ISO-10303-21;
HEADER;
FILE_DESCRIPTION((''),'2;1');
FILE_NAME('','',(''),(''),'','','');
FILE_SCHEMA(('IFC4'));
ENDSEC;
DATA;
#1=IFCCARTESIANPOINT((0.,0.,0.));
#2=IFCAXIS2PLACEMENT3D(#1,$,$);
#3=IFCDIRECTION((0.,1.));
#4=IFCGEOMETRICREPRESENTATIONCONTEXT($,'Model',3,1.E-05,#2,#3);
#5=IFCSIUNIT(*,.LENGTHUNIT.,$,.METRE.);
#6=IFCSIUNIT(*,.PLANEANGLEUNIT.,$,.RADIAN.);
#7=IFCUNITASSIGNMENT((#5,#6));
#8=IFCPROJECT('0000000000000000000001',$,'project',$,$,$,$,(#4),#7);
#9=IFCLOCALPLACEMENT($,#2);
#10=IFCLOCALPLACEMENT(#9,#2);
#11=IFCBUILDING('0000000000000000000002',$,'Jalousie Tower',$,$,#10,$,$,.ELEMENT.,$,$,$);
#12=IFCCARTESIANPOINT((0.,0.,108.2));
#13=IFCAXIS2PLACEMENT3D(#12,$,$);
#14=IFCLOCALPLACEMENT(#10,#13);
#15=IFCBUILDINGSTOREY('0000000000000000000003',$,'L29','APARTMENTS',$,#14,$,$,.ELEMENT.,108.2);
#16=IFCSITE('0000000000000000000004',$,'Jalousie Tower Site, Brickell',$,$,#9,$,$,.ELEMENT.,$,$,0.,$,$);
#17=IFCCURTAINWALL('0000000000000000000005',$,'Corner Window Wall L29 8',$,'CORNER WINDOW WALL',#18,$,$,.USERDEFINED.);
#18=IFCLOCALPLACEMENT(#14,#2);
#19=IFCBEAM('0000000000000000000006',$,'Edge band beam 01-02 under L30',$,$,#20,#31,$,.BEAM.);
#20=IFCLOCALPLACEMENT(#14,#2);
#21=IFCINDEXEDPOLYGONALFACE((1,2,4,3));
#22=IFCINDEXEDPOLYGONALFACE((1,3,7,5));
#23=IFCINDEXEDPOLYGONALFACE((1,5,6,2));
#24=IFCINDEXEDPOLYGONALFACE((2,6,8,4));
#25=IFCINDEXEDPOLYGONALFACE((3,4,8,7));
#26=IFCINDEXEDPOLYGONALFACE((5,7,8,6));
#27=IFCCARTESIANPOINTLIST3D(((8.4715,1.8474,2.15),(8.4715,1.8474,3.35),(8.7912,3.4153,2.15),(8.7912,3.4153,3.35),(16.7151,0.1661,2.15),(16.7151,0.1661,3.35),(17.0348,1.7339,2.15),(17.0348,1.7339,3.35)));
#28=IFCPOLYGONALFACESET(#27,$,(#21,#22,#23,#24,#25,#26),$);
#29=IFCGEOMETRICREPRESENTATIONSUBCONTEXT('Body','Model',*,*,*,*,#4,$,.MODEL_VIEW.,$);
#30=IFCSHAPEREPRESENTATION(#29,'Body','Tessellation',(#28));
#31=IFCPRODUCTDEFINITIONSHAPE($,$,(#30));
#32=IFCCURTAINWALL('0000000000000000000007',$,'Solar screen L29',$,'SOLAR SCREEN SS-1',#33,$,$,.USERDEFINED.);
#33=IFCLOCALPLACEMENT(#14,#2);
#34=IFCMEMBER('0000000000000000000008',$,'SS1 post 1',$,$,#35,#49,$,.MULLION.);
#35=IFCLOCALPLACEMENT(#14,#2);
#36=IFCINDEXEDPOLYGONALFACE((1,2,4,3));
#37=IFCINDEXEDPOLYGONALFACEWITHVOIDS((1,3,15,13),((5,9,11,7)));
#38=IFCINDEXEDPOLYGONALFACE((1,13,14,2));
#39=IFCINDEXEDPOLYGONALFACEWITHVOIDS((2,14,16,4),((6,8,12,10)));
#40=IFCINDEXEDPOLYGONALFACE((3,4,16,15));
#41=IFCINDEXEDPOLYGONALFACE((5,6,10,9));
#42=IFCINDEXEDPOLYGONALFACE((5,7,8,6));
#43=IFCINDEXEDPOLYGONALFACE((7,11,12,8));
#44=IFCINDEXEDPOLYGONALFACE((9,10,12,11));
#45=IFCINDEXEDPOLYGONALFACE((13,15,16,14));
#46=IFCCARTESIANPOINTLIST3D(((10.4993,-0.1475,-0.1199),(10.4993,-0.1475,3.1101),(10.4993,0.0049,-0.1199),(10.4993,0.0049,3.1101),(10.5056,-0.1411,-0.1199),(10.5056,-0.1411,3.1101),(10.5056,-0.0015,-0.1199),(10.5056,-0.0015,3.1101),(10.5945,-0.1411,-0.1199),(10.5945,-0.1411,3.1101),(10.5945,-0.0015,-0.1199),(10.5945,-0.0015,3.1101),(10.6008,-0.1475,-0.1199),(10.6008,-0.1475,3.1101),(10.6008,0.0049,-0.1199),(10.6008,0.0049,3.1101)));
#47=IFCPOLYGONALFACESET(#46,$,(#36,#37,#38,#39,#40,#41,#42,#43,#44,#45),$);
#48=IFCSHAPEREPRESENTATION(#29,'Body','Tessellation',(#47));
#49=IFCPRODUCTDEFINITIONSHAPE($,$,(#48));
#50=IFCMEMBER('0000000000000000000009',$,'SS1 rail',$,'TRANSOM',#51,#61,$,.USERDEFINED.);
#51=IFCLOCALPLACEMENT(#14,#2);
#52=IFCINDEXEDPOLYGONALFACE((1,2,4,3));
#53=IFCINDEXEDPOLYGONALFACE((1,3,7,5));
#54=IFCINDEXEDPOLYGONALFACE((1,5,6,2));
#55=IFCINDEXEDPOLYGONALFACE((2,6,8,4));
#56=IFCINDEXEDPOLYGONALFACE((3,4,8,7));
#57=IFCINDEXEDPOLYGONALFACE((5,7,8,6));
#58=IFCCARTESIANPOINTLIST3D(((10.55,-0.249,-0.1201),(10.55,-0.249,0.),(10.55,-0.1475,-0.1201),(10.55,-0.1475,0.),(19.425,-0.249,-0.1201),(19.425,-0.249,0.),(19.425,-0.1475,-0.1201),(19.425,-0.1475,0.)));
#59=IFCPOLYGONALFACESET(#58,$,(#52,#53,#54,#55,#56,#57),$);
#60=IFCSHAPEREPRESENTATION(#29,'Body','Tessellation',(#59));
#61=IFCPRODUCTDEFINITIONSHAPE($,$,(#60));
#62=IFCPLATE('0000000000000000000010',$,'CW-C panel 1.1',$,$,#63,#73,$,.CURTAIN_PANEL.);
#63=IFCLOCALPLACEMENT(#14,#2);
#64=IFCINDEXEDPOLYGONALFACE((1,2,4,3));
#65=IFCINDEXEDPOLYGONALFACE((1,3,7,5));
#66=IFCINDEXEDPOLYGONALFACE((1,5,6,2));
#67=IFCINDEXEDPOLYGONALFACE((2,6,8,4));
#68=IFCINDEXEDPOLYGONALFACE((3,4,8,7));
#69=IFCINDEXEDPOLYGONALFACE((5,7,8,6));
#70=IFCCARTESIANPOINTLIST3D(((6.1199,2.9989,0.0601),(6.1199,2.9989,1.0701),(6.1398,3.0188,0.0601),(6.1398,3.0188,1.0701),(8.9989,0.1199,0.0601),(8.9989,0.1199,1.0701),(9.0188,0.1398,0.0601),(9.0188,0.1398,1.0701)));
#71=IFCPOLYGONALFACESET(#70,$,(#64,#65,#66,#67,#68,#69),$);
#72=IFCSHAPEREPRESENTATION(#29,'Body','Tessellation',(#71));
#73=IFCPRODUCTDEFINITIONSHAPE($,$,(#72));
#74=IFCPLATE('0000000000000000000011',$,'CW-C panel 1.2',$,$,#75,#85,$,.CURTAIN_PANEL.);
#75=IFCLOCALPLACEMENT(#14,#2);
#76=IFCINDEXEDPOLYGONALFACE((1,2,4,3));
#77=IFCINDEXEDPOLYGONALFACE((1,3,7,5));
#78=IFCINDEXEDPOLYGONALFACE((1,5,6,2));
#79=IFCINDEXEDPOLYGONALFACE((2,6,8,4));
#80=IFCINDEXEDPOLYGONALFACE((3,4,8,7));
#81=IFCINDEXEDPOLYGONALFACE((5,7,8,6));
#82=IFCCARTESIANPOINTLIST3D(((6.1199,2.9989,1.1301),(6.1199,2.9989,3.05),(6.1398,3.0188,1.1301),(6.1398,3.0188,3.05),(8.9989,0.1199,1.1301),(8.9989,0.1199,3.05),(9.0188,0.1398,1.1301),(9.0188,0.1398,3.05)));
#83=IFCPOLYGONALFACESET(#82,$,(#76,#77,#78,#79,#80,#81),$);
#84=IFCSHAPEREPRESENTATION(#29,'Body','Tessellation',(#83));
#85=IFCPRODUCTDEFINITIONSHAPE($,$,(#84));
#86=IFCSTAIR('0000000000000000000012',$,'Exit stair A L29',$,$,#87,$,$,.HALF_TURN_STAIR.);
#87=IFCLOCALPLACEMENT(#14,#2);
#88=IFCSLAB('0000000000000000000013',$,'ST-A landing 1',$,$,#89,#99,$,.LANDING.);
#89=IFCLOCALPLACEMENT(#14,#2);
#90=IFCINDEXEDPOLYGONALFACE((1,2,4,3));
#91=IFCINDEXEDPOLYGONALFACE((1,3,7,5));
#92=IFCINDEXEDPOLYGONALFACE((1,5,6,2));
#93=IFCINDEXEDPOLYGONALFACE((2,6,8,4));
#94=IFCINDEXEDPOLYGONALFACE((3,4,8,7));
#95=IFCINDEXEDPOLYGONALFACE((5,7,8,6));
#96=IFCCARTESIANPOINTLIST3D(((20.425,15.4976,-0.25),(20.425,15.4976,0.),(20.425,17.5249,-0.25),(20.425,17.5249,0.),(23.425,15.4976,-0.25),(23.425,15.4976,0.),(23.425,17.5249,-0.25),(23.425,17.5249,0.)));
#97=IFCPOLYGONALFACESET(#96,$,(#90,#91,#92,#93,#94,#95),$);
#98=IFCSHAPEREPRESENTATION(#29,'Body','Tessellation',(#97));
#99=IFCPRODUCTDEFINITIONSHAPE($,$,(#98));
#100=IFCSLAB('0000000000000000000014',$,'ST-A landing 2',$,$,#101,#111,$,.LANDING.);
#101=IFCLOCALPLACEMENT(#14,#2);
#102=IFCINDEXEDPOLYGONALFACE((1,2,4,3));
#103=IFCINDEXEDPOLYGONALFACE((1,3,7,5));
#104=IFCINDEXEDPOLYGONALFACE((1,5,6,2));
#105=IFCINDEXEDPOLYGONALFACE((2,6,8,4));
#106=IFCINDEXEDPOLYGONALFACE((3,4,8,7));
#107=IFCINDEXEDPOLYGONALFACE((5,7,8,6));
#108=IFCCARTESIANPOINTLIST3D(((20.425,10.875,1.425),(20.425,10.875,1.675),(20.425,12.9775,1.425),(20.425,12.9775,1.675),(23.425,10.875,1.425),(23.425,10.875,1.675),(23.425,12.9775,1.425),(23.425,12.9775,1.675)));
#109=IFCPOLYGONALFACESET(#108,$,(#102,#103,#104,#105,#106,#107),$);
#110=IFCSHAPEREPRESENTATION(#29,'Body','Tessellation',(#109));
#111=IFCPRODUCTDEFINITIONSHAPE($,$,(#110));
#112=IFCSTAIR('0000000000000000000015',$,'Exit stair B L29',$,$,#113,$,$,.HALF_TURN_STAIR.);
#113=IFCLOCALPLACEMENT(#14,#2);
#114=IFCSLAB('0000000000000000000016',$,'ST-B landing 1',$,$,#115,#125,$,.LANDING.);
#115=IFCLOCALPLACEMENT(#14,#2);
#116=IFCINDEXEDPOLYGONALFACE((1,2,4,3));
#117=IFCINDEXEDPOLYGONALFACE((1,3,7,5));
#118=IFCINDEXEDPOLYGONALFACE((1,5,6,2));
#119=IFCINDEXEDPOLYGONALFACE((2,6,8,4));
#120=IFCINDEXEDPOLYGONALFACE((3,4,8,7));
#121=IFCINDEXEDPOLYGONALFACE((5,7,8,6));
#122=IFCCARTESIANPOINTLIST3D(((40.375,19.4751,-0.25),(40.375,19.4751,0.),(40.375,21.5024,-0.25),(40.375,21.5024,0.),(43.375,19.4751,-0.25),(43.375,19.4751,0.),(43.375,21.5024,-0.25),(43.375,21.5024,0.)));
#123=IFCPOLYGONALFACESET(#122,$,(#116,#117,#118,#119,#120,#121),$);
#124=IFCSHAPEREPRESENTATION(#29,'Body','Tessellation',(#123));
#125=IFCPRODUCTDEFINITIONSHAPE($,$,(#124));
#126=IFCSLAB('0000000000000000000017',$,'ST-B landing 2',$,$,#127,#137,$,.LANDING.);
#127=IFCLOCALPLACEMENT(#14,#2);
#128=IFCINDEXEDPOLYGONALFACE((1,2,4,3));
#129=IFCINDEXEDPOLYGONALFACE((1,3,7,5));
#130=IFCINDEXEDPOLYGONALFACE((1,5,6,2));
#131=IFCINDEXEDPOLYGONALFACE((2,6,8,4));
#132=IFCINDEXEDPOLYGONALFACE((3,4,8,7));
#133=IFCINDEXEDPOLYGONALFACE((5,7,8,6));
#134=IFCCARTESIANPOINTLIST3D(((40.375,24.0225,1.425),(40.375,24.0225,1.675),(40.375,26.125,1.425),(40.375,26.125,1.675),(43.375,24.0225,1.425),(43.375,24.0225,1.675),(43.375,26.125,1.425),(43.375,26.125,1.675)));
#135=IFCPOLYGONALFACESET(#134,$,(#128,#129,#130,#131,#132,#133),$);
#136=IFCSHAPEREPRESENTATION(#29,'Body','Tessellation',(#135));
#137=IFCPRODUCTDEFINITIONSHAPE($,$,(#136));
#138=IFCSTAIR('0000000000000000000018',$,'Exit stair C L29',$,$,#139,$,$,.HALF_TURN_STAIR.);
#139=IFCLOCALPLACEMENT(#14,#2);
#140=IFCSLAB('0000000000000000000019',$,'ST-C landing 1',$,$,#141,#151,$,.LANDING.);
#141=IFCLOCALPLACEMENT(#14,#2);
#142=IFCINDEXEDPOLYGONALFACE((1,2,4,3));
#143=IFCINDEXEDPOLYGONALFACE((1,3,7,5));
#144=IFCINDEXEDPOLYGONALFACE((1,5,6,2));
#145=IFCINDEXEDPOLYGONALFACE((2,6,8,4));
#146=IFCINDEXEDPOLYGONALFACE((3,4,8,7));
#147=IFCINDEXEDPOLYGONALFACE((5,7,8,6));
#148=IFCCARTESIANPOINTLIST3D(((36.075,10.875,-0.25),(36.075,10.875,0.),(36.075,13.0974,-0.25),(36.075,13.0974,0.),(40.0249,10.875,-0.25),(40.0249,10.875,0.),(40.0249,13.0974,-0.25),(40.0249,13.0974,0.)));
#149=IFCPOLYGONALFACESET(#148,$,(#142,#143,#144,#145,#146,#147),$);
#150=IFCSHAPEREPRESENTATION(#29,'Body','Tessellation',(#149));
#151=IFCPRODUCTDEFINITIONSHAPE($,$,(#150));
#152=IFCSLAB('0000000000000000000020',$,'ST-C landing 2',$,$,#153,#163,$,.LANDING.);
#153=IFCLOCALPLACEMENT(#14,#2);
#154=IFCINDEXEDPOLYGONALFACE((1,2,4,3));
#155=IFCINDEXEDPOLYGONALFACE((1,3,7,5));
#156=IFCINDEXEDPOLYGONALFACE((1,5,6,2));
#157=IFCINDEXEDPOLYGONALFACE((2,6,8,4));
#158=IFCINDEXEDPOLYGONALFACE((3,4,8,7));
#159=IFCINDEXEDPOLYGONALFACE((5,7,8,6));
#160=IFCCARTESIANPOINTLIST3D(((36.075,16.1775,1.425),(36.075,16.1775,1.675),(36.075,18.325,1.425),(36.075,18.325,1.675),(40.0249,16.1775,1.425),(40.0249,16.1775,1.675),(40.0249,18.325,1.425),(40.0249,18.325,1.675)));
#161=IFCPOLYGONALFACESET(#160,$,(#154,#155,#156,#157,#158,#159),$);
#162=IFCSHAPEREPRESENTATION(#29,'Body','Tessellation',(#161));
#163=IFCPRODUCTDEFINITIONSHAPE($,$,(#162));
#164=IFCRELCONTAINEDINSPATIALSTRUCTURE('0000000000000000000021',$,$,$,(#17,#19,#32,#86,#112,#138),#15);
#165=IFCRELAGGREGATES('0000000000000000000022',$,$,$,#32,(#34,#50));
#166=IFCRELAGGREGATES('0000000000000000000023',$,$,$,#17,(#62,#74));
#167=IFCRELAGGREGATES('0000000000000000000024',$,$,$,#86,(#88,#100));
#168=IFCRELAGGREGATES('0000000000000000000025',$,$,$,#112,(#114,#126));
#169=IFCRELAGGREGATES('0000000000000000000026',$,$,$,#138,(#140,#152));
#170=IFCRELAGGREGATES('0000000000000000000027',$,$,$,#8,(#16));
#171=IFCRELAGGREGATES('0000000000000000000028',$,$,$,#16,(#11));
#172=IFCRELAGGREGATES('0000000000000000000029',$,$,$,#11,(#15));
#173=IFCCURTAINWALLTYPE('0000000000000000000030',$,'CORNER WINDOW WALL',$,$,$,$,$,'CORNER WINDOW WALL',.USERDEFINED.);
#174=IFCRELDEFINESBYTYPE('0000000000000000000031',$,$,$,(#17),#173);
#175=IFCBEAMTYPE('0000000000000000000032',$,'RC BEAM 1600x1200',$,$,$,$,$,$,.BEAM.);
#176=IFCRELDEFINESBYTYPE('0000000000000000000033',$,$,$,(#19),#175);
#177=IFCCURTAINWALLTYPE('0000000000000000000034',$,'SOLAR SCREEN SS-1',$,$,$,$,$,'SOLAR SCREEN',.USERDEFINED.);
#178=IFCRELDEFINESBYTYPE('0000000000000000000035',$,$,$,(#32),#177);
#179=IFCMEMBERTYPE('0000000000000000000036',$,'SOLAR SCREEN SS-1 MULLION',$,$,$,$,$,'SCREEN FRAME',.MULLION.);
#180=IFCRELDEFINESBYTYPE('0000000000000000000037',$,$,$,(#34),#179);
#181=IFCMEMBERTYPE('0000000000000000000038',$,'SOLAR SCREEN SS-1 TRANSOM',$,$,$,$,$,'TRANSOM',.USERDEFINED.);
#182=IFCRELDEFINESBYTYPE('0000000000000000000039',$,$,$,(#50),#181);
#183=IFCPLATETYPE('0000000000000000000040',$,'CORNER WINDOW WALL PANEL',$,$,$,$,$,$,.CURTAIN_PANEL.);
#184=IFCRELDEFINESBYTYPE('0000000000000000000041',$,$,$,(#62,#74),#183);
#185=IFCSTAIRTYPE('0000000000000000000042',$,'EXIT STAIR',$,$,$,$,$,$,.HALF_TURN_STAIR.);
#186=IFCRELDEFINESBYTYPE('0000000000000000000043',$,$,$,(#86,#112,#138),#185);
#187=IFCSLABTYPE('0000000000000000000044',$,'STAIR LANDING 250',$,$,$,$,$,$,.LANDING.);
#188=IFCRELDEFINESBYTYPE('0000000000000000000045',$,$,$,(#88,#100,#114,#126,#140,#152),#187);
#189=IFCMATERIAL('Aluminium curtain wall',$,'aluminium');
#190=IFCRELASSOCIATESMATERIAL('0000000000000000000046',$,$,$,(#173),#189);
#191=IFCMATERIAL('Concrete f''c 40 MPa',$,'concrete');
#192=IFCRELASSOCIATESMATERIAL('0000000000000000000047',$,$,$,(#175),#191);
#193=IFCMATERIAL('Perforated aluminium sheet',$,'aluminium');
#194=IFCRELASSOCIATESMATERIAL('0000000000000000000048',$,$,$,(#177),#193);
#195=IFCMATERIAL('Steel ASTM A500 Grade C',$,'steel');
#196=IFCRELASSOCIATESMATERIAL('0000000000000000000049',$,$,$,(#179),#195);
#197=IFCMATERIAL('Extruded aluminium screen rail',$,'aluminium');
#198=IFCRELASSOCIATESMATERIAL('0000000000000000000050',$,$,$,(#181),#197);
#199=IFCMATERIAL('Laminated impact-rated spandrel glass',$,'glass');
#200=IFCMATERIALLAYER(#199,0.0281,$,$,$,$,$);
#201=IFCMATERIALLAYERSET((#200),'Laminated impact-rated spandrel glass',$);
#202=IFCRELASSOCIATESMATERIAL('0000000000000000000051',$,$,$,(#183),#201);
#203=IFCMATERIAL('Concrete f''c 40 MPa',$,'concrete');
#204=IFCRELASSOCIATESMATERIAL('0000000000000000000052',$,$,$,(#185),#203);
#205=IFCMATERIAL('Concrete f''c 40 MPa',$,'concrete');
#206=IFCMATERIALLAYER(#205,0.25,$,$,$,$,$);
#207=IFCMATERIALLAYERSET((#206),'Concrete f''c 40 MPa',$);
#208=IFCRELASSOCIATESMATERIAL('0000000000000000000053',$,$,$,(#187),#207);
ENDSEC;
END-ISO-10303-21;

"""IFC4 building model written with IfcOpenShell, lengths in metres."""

from ifc_helpers import new_model, si_unit, direction, frame, origin, origin_2d, place, context, subcontext, project, spatial, polyline, rectangle, hollow_rectangle, outline, extrude, material, layer, layer_set, material_profile, profile_set, type_object, element, aggregate, save


model = new_model("IFC4")

# Units and contexts
model_context = context("Model", 3, precision=1e-05, world=origin(), true_north=direction((0.0, 1.0)))
body_context = subcontext(model_context, "Body", "Model", "MODEL_VIEW")
ifc_project = project(units=[si_unit("LENGTHUNIT", "METRE"), si_unit("PLANEANGLEUNIT", "RADIAN")], contexts=[model_context])

# Site, building, storey
site_placement = place(None, origin())
site = spatial("IfcSite", under=ifc_project, at=site_placement, Name="Jalousie Tower Site, Brickell", CompositionType="ELEMENT", RefElevation=0.0)
building_placement = place(site_placement, origin())
building = spatial("IfcBuilding", under=site, at=building_placement, Name="Jalousie Tower", CompositionType="ELEMENT")
storey_placement = place(building_placement, frame((0.0, 0.0, 108.2)))
storey = spatial("IfcBuildingStorey", under=building, at=storey_placement, Name="L29", Description="APARTMENTS", CompositionType="ELEMENT", Elevation=108.2)

# Curtain wall
ifc_material_1 = material(Name="Aluminium curtain wall", Category="aluminium")
curtain_wall_type_1 = type_object("IfcCurtainWallType", Name="CORNER WINDOW WALL", ElementType="CORNER WINDOW WALL", PredefinedType="USERDEFINED", material=ifc_material_1)
curtain_wall_1_placement = place(storey_placement, origin())
curtain_wall_1 = element("IfcCurtainWall", 1, at=curtain_wall_1_placement, inside=storey, type_object=curtain_wall_type_1, Name="Corner Window Wall L29 8", ObjectType="CORNER WINDOW WALL", PredefinedType="USERDEFINED")

# Beam
ifc_material_2 = material(Name="Concrete f'c 40 MPa", Category="concrete")
ifc_material_profile_1 = material_profile(ifc_material_2, rectangle(XDim=1.6001, YDim=1.2, at=origin_2d()), Name="RC 1600x1200")
ifc_profile_set_1 = profile_set([ifc_material_profile_1], Name="Concrete f'c 40 MPa")
beam_type_1 = type_object("IfcBeamType", Name="RC BEAM 1600x1200", PredefinedType="BEAM", material=ifc_profile_set_1)
beam_1_placement = place(storey_placement, frame((8.6313, 2.6313, 2.75), z_axis=(0.979827, -0.199848, 0.0), x_axis=(0.199848, 0.979827, 0.0)))
element("IfcBeam", 2, at=beam_1_placement, inside=storey, type_object=beam_type_1, Name="Edge band beam 01-02 under L30", PredefinedType="BEAM", context=body_context, shape_type="SweptSolid", body=[
    extrude(rectangle(XDim=1.6001, YDim=1.2, at=origin_2d()), origin(), (0.0, 0.0, 1.0), 8.4133),
])

# Curtain wall, members
ifc_material_3 = material(Name="Perforated aluminium sheet", Category="aluminium")
curtain_wall_type_2 = type_object("IfcCurtainWallType", Name="SOLAR SCREEN SS-1", ElementType="SOLAR SCREEN", PredefinedType="USERDEFINED", material=ifc_material_3)
curtain_wall_2_placement = place(storey_placement, origin())
curtain_wall_2 = element("IfcCurtainWall", 3, at=curtain_wall_2_placement, inside=storey, type_object=curtain_wall_type_2, Name="Solar screen L29", ObjectType="SOLAR SCREEN SS-1", PredefinedType="USERDEFINED")
ifc_material_4 = material(Name="Steel ASTM A500 Grade C", Category="steel")
ifc_material_profile_2 = material_profile(ifc_material_4, hollow_rectangle(XDim=0.1016, YDim=0.1523, WallThickness=0.0063, at=origin_2d()), Name="HSS6X4X1/4")
ifc_profile_set_2 = profile_set([ifc_material_profile_2], Name="Steel ASTM A500 Grade C")
member_type_1 = type_object("IfcMemberType", Name="SOLAR SCREEN SS-1 MULLION", ElementType="SCREEN FRAME", PredefinedType="MULLION", material=ifc_profile_set_2)
member_1_placement = place(storey_placement, frame((10.55, -0.0713, -0.1199), z_axis=(0.0, 0.0, 1.0), x_axis=(1.0, 0.0, 0.0)))
member_1 = element("IfcMember", 4, at=member_1_placement, type_object=member_type_1, Name="SS1 post 1", PredefinedType="MULLION", context=body_context, shape_type="SweptSolid", body=[
    extrude(hollow_rectangle(XDim=0.1016, YDim=0.1523, WallThickness=0.0063, at=origin_2d()), origin(), (0.0, 0.0, 1.0), 3.23),
])
ifc_material_5 = material(Name="Extruded aluminium screen rail", Category="aluminium")
ifc_material_profile_3 = material_profile(ifc_material_5, rectangle(XDim=0.1016, YDim=0.1201, at=origin_2d()), Name="RAIL 102x120")
ifc_profile_set_3 = profile_set([ifc_material_profile_3], Name="Extruded aluminium screen rail")
member_type_2 = type_object("IfcMemberType", Name="SOLAR SCREEN SS-1 TRANSOM", ElementType="TRANSOM", PredefinedType="USERDEFINED", material=ifc_profile_set_3)
member_2_placement = place(storey_placement, frame((10.55, -0.1982, -0.0601), z_axis=(1.0, 0.0, 0.0), x_axis=(0.0, 1.0, 0.0)))
member_2 = element("IfcMember", 5, at=member_2_placement, type_object=member_type_2, Name="SS1 rail", ObjectType="TRANSOM", PredefinedType="USERDEFINED", context=body_context, shape_type="SweptSolid", body=[
    extrude(rectangle(XDim=0.1016, YDim=0.1201, at=origin_2d()), origin(), (0.0, 0.0, 1.0), 8.875),
])
aggregate(curtain_wall_2, [member_1, member_2])

# Plates
ifc_material_6 = material(Name="Laminated impact-rated spandrel glass", Category="glass")
ifc_layer_1 = layer(ifc_material_6, 0.0281)
ifc_layer_set_1 = layer_set([ifc_layer_1], Name="Laminated impact-rated spandrel glass")
plate_type = type_object("IfcPlateType", Name="CORNER WINDOW WALL PANEL", PredefinedType="CURTAIN_PANEL", material=ifc_layer_set_1)
plate_1_placement = place(storey_placement, frame((7.5693, 1.5693, 0.0601), z_axis=(0.0, 0.0, 1.0), x_axis=(0.707107, -0.707107, 0.0)))
plate_1 = element("IfcPlate", 6, at=plate_1_placement, type_object=plate_type, Name="CW-C panel 1.1", PredefinedType="CURTAIN_PANEL", context=body_context, shape_type="SweptSolid", body=[
    extrude(rectangle(XDim=4.0715, YDim=0.0281, at=origin_2d()), origin(), (0.0, 0.0, 1.0), 1.01),
])
plate_2_placement = place(storey_placement, frame((7.5693, 1.5693, 1.1301), z_axis=(0.0, 0.0, 1.0), x_axis=(0.707107, -0.707107, 0.0)))
plate_2 = element("IfcPlate", 7, at=plate_2_placement, type_object=plate_type, Name="CW-C panel 1.2", PredefinedType="CURTAIN_PANEL", context=body_context, shape_type="SweptSolid", body=[
    extrude(rectangle(XDim=4.0715, YDim=0.0281, at=origin_2d()), origin(), (0.0, 0.0, 1.0), 1.9199),
])
aggregate(curtain_wall_1, [plate_1, plate_2])

# Stairs, slabs
ifc_material_7 = material(Name="Concrete f'c 40 MPa", Category="concrete")
stair_type = type_object("IfcStairType", Name="EXIT STAIR", PredefinedType="HALF_TURN_STAIR", material=ifc_material_7)
stair_1_placement = place(storey_placement, origin())
stair_1 = element("IfcStair", 8, at=stair_1_placement, inside=storey, type_object=stair_type, Name="Exit stair A L29", PredefinedType="HALF_TURN_STAIR")
ifc_material_8 = material(Name="Concrete f'c 40 MPa", Category="concrete")
ifc_layer_2 = layer(ifc_material_8, 0.25)
ifc_layer_set_2 = layer_set([ifc_layer_2], Name="Concrete f'c 40 MPa")
slab_type_1 = type_object("IfcSlabType", Name="STAIR LANDING 250", PredefinedType="LANDING", material=ifc_layer_set_2)
slab_1_placement = place(storey_placement, frame((0.0, 0.0, -0.25)))
slab_1 = element("IfcSlab", 9, at=slab_1_placement, type_object=slab_type_1, Name="ST-A landing 1", PredefinedType="LANDING", context=body_context, shape_type="SweptSolid", body=[
    extrude(outline(polyline([(20.425, 15.4976), (23.425, 15.4976), (23.425, 17.5249), (20.425, 17.5249), (20.425, 15.4976)])), origin(), (0.0, 0.0, 1.0), 0.25),
])
slab_2_placement = place(storey_placement, frame((0.0, 0.0, 1.425)))
slab_2 = element("IfcSlab", 10, at=slab_2_placement, type_object=slab_type_1, Name="ST-A landing 2", PredefinedType="LANDING", context=body_context, shape_type="SweptSolid", body=[
    extrude(outline(polyline([(20.425, 10.875), (23.425, 10.875), (23.425, 12.9775), (20.425, 12.9775), (20.425, 10.875)])), origin(), (0.0, 0.0, 1.0), 0.25),
])
aggregate(stair_1, [slab_1, slab_2])
stair_2_placement = place(storey_placement, origin())
stair_2 = element("IfcStair", 11, at=stair_2_placement, inside=storey, type_object=stair_type, Name="Exit stair B L29", PredefinedType="HALF_TURN_STAIR")
slab_3_placement = place(storey_placement, frame((0.0, 0.0, -0.25)))
slab_3 = element("IfcSlab", 12, at=slab_3_placement, type_object=slab_type_1, Name="ST-B landing 1", PredefinedType="LANDING", context=body_context, shape_type="SweptSolid", body=[
    extrude(outline(polyline([(40.375, 19.4751), (43.375, 19.4751), (43.375, 21.5024), (40.375, 21.5024), (40.375, 19.4751)])), origin(), (0.0, 0.0, 1.0), 0.25),
])
slab_4_placement = place(storey_placement, frame((0.0, 0.0, 1.425)))
slab_4 = element("IfcSlab", 13, at=slab_4_placement, type_object=slab_type_1, Name="ST-B landing 2", PredefinedType="LANDING", context=body_context, shape_type="SweptSolid", body=[
    extrude(outline(polyline([(40.375, 24.0225), (43.375, 24.0225), (43.375, 26.125), (40.375, 26.125), (40.375, 24.0225)])), origin(), (0.0, 0.0, 1.0), 0.25),
])
aggregate(stair_2, [slab_3, slab_4])
stair_3_placement = place(storey_placement, origin())
stair_3 = element("IfcStair", 14, at=stair_3_placement, inside=storey, type_object=stair_type, Name="Exit stair C L29", PredefinedType="HALF_TURN_STAIR")
slab_5_placement = place(storey_placement, frame((0.0, 0.0, -0.25)))
slab_5 = element("IfcSlab", 15, at=slab_5_placement, type_object=slab_type_1, Name="ST-C landing 1", PredefinedType="LANDING", context=body_context, shape_type="SweptSolid", body=[
    extrude(outline(polyline([(36.075, 10.875), (40.0249, 10.875), (40.0249, 13.0974), (36.075, 13.0974), (36.075, 10.875)])), origin(), (0.0, 0.0, 1.0), 0.25),
])
slab_6_placement = place(storey_placement, frame((0.0, 0.0, 1.425)))
slab_6 = element("IfcSlab", 16, at=slab_6_placement, type_object=slab_type_1, Name="ST-C landing 2", PredefinedType="LANDING", context=body_context, shape_type="SweptSolid", body=[
    extrude(outline(polyline([(36.075, 16.1775), (40.0249, 16.1775), (40.0249, 18.325), (36.075, 18.325), (36.075, 16.1775)])), origin(), (0.0, 0.0, 1.0), 0.25),
])
aggregate(stair_3, [slab_5, slab_6])

save(model, "model.ifc")
